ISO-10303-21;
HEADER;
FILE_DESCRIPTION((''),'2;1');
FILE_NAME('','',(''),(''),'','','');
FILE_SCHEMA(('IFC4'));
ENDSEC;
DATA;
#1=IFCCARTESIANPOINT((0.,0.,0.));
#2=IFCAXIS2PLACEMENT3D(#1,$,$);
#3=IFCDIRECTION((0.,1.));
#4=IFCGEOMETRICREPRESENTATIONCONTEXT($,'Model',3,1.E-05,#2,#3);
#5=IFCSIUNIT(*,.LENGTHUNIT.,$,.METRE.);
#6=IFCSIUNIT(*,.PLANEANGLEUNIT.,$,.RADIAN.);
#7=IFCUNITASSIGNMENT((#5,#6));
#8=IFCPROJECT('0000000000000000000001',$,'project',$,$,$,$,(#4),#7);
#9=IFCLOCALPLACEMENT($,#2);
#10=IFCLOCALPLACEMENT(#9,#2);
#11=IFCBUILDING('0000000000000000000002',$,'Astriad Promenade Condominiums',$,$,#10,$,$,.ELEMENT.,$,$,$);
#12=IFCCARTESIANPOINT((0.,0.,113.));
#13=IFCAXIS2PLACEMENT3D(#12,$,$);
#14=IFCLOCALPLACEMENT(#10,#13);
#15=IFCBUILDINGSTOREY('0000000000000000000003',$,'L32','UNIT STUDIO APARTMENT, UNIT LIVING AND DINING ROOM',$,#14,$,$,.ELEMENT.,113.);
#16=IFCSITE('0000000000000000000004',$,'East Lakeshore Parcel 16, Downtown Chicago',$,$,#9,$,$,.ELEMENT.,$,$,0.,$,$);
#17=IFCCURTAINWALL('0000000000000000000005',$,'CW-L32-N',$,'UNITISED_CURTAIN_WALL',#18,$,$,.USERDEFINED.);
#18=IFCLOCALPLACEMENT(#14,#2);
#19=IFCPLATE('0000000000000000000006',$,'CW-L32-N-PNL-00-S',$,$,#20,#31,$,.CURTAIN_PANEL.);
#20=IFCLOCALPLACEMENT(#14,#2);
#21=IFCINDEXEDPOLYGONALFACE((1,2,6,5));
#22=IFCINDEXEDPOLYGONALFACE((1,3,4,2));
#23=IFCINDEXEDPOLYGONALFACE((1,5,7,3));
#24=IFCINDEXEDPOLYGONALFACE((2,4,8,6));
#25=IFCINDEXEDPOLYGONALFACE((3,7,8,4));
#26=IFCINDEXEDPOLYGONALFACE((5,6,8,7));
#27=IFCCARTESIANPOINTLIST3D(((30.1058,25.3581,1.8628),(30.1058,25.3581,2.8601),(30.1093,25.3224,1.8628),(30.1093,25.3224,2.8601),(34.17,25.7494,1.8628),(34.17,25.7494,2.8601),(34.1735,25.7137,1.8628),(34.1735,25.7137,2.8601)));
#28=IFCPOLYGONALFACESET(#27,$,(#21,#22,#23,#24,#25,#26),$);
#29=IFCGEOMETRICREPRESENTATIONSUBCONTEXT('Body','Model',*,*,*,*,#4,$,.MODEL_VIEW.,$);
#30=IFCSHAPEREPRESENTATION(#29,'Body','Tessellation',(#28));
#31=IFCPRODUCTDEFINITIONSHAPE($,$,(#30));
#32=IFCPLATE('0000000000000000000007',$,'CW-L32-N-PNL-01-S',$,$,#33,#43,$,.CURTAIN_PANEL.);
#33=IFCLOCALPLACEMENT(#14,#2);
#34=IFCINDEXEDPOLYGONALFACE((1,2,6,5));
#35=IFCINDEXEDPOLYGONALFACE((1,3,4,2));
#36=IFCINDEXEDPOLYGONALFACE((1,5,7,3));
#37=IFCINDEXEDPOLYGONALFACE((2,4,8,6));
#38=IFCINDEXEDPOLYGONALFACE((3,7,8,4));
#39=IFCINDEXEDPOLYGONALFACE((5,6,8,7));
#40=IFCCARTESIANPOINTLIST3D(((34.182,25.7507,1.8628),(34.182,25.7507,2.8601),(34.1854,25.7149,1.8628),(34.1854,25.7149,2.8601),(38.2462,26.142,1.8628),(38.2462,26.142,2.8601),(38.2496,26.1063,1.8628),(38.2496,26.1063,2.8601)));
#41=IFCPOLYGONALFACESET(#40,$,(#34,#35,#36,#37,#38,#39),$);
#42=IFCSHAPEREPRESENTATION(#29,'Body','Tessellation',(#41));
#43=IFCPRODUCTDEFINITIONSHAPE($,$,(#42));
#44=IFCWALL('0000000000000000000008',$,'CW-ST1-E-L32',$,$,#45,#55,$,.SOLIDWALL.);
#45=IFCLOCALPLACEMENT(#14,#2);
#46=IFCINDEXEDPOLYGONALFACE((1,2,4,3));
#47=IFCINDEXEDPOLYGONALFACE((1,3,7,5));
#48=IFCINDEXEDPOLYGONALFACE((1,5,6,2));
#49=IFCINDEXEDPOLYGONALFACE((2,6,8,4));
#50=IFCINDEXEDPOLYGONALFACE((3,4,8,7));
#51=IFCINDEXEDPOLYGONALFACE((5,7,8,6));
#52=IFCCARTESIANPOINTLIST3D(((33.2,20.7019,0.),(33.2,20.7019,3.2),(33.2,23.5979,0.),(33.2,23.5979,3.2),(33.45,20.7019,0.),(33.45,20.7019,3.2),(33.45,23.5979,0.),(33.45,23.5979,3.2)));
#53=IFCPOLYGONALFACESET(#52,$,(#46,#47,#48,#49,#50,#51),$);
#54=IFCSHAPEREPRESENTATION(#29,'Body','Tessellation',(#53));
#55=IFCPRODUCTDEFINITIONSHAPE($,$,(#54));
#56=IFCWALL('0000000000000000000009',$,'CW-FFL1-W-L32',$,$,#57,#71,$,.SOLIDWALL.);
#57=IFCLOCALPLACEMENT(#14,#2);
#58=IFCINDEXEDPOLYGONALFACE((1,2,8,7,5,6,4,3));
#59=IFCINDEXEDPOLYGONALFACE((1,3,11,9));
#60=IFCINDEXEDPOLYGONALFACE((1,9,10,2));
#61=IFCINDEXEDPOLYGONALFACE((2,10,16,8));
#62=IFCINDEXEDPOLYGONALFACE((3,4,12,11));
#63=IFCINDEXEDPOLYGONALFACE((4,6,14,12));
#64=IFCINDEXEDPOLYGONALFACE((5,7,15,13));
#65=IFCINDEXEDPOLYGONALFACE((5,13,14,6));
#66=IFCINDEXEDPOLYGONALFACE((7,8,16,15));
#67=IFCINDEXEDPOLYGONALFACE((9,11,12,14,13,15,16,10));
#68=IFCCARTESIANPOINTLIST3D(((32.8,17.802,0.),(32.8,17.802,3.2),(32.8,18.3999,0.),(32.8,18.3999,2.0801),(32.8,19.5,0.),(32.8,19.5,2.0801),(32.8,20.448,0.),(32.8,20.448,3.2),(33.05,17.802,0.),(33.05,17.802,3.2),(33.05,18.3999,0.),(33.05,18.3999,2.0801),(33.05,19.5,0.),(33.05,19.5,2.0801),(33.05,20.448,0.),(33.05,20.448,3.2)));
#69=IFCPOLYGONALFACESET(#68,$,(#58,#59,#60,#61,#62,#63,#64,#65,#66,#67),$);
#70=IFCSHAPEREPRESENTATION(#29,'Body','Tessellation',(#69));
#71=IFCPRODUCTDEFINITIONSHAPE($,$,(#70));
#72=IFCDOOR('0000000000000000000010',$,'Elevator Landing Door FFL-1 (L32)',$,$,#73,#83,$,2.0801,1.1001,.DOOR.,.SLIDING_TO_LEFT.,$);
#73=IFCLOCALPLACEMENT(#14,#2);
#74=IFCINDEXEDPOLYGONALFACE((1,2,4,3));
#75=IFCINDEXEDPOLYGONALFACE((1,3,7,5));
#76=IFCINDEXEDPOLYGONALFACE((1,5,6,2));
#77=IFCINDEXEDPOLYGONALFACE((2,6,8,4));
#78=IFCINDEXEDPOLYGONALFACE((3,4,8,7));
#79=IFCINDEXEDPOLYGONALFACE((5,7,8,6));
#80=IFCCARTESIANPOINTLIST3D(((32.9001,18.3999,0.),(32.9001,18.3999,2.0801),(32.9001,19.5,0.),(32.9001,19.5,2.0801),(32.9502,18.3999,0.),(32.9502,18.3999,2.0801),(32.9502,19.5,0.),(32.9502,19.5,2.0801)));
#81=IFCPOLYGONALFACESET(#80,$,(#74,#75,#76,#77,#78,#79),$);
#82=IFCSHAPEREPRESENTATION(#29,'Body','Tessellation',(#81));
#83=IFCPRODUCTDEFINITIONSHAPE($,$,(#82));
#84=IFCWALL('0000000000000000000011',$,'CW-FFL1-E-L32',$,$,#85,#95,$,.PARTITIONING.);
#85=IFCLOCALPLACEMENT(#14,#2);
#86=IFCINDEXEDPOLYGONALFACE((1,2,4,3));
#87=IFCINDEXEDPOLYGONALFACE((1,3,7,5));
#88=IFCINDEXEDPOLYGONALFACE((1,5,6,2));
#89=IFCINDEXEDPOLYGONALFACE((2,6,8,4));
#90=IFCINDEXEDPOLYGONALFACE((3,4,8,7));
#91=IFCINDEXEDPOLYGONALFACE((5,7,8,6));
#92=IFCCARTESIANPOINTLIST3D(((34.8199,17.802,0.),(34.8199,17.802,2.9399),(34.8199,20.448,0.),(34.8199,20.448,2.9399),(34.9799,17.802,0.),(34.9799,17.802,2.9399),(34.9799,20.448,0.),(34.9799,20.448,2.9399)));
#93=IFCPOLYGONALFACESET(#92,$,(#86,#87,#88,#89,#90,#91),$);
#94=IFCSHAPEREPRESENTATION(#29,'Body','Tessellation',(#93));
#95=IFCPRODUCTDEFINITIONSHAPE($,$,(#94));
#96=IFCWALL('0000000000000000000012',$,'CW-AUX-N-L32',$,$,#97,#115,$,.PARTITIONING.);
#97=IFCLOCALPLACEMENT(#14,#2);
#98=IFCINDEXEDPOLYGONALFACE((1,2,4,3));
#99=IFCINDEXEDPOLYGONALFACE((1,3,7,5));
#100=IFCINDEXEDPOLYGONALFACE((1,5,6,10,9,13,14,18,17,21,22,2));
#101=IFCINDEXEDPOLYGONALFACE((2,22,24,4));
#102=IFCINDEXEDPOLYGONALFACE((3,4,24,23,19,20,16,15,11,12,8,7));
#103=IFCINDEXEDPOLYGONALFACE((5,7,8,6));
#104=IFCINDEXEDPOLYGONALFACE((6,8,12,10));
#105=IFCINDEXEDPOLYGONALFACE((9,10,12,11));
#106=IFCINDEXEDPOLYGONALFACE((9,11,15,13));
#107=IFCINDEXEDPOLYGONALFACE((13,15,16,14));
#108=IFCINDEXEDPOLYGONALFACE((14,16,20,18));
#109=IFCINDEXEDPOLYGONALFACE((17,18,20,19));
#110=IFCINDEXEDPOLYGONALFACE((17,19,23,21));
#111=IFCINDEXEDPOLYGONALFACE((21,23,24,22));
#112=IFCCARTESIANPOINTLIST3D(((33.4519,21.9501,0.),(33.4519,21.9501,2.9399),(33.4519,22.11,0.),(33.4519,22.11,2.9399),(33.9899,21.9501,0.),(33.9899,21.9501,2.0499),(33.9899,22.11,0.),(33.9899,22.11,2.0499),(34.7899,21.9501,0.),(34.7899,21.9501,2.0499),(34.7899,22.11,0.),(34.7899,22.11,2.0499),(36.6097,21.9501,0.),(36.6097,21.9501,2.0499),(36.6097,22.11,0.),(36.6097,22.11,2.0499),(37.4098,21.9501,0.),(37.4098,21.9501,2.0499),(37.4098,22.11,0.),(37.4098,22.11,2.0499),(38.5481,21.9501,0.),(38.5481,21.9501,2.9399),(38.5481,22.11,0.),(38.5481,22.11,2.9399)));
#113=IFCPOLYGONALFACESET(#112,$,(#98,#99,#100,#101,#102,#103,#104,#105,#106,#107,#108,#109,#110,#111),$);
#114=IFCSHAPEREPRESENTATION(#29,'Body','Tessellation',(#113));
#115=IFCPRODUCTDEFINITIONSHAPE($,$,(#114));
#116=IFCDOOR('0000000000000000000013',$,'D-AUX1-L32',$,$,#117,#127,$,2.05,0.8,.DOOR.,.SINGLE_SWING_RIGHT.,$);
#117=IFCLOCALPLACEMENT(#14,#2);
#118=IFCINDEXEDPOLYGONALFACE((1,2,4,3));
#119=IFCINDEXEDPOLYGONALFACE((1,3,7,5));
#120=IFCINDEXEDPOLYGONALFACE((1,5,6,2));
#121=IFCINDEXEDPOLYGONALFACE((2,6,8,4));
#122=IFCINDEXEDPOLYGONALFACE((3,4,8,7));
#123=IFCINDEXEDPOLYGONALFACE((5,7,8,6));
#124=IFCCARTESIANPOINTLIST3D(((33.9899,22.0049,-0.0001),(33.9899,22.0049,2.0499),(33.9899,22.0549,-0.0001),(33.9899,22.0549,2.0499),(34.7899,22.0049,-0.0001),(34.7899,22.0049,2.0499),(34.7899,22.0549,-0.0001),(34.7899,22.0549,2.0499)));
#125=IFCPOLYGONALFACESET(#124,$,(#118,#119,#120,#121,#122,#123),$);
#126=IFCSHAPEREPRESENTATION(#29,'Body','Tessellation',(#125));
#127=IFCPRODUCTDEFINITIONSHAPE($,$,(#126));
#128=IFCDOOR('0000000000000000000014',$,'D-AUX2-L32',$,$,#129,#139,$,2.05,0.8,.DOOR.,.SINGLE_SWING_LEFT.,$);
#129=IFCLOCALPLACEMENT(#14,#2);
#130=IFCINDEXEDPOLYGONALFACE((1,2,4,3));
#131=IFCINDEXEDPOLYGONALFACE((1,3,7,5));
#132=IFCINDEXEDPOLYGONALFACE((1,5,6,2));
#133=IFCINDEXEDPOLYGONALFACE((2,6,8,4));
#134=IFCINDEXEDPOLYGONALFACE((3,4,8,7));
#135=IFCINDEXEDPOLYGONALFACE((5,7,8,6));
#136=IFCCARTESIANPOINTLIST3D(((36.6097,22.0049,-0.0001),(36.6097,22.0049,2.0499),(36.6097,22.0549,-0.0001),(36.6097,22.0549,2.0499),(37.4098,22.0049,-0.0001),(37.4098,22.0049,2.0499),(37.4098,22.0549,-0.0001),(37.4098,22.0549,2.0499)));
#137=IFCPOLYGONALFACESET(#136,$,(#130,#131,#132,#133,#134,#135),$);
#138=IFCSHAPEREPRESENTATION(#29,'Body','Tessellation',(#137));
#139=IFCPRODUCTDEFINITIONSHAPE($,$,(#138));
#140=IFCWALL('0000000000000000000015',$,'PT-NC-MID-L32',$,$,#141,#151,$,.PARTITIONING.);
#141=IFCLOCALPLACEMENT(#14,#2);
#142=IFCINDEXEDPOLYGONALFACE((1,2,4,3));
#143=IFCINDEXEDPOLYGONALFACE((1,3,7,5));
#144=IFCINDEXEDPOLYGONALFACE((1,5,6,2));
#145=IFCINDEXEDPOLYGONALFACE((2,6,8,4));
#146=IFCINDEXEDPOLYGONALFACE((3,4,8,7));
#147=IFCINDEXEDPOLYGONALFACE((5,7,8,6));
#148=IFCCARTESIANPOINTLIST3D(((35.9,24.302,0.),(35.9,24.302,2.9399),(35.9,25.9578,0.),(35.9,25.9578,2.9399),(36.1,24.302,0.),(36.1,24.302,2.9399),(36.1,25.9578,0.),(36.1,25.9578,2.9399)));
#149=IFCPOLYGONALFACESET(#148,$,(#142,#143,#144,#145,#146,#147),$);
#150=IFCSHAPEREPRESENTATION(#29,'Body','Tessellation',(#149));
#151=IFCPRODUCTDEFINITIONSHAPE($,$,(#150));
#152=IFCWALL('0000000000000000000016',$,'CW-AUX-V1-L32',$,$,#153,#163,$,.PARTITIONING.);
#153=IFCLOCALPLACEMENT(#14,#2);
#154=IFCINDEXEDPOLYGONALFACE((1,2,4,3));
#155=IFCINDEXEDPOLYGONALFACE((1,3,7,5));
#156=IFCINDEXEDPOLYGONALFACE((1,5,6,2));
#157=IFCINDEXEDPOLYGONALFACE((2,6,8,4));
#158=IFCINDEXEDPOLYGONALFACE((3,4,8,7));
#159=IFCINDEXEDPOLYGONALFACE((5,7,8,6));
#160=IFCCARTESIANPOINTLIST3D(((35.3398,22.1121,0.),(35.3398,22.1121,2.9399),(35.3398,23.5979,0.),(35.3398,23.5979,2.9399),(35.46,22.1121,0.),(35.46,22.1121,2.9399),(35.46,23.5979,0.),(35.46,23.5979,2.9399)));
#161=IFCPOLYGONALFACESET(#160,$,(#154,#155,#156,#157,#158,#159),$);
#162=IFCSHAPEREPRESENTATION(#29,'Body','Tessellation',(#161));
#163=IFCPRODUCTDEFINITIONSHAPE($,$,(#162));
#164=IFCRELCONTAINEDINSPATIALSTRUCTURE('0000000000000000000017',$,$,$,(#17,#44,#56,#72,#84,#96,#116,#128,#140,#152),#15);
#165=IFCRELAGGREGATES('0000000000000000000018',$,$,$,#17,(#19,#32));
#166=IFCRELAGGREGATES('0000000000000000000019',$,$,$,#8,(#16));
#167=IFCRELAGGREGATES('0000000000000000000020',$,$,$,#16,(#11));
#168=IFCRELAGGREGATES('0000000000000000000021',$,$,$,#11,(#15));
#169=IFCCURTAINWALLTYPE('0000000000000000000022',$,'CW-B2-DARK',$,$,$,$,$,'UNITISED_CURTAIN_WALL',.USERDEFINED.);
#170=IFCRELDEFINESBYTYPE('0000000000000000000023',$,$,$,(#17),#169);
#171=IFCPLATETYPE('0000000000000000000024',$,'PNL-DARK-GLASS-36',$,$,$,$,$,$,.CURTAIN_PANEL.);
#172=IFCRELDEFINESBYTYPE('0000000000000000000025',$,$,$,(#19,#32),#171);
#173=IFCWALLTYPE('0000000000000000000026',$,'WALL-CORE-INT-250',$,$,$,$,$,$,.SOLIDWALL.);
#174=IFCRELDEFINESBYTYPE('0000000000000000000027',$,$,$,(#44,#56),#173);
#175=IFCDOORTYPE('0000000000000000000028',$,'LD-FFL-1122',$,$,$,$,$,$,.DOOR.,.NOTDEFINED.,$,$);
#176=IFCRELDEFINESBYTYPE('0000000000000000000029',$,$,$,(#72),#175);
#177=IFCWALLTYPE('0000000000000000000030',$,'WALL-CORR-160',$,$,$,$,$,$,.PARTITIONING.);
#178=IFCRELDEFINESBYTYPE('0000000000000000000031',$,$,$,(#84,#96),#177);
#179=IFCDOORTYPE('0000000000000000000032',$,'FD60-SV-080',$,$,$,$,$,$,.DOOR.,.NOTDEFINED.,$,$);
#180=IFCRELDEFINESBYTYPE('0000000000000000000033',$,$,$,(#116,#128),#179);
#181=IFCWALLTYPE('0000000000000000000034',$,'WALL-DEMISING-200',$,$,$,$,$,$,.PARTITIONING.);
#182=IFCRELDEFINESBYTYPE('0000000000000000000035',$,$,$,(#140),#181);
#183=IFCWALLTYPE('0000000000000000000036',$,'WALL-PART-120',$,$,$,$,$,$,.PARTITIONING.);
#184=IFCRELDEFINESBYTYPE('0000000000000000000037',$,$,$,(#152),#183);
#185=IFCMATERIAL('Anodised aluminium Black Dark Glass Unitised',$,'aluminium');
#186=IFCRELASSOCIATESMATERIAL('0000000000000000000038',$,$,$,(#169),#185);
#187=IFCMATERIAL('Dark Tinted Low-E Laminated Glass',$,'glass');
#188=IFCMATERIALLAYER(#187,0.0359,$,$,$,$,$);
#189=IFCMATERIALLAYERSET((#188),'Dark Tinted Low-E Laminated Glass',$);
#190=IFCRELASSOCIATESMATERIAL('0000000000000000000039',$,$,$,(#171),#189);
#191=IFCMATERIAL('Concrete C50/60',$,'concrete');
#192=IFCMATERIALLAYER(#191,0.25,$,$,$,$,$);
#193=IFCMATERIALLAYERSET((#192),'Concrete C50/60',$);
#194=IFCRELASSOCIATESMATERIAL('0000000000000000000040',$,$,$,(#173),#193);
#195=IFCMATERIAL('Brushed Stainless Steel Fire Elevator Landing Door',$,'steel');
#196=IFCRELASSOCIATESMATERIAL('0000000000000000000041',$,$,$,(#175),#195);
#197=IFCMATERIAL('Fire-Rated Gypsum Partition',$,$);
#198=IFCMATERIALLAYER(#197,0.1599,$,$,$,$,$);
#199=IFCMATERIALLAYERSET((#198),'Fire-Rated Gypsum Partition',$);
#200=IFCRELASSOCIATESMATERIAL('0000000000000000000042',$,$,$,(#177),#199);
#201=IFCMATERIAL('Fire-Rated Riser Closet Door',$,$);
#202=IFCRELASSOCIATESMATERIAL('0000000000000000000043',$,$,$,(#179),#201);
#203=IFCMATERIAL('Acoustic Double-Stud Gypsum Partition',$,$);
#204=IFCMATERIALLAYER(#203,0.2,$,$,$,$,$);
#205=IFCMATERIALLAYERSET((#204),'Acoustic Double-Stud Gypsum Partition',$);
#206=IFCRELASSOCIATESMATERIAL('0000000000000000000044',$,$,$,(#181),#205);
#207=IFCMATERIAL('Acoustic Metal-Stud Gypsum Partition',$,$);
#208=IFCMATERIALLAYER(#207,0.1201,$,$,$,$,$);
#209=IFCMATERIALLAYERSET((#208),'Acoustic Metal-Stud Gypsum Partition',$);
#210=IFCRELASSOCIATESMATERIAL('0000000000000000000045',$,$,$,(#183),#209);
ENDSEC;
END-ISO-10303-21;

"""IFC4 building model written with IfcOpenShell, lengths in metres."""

from ifc_helpers import new_model, si_unit, direction, frame, frame_2d, origin, origin_2d, place, context, subcontext, project, spatial, rectangle, extrude, source, transform, mapped, material, layer, layer_set, type_object, type_shapes, element, fill, aggregate, save


model = new_model("IFC4")

# Units and contexts
model_context = context("Model", 3, precision=1e-05, world=origin(), true_north=direction((0.0, 1.0)))
body_context = subcontext(model_context, "Body", "Model", "MODEL_VIEW")
ifc_project = project(units=[si_unit("LENGTHUNIT", "METRE"), si_unit("PLANEANGLEUNIT", "RADIAN")], contexts=[model_context])

# Site, building, storey
site_placement = place(None, origin())
site = spatial("IfcSite", under=ifc_project, at=site_placement, Name="East Lakeshore Parcel 16, Downtown Chicago", CompositionType="ELEMENT", RefElevation=0.0)
building_placement = place(site_placement, origin())
building = spatial("IfcBuilding", under=site, at=building_placement, Name="Astriad Promenade Condominiums", CompositionType="ELEMENT")
storey_placement = place(building_placement, frame((0.0, 0.0, 113.0)))
storey = spatial("IfcBuildingStorey", under=building, at=storey_placement, Name="L32", Description="UNIT STUDIO APARTMENT, UNIT LIVING AND DINING ROOM", CompositionType="ELEMENT", Elevation=113.0)

# Curtain wall, plates
ifc_material_1 = material(Name="Anodised aluminium Black Dark Glass Unitised", Category="aluminium")
curtain_wall_type = type_object("IfcCurtainWallType", Name="CW-B2-DARK", ElementType="UNITISED_CURTAIN_WALL", PredefinedType="USERDEFINED", material=ifc_material_1)
curtain_wall_placement = place(storey_placement, origin())
curtain_wall = element("IfcCurtainWall", 1, at=curtain_wall_placement, inside=storey, type_object=curtain_wall_type, Name="CW-L32-N", ObjectType="UNITISED_CURTAIN_WALL", PredefinedType="USERDEFINED")
ifc_material_2 = material(Name="Dark Tinted Low-E Laminated Glass", Category="glass")
ifc_layer_1 = layer(ifc_material_2, 0.0359)
ifc_layer_set_1 = layer_set([ifc_layer_1], Name="Dark Tinted Low-E Laminated Glass")
plate_type = type_object("IfcPlateType", Name="PNL-DARK-GLASS-36", PredefinedType="CURTAIN_PANEL", material=ifc_layer_set_1)
shared_shape_1 = source(origin(), body_context, "Body", "SweptSolid", [
    extrude(rectangle(XDim=4.083, YDim=0.0359, at=origin_2d()), origin(), (0.0, 0.0, 1.0), 0.9973),
])
plate_1_placement = place(storey_placement, frame((32.1396, 25.5359, 1.8628), z_axis=(0.0, 0.0, 1.0), x_axis=(0.995396, 0.095846, 0.0)))
plate_1 = element("IfcPlate", 2, at=plate_1_placement, type_object=plate_type, Name="CW-L32-N-PNL-00-S", PredefinedType="CURTAIN_PANEL", context=body_context, shape_type="MappedRepresentation", body=[
    mapped(shared_shape_1, transform((0.0, 0.0, 0.0), scale=1.0)),
])
plate_2_placement = place(storey_placement, frame((36.2158, 25.9285, 1.8628), z_axis=(0.0, 0.0, 1.0), x_axis=(0.995396, 0.095846, 0.0)))
plate_2 = element("IfcPlate", 3, at=plate_2_placement, type_object=plate_type, Name="CW-L32-N-PNL-01-S", PredefinedType="CURTAIN_PANEL", context=body_context, shape_type="MappedRepresentation", body=[
    mapped(shared_shape_1, transform((0.0, 0.0, 0.0), scale=1.0)),
])
aggregate(curtain_wall, [plate_1, plate_2])

# Wall
ifc_material_3 = material(Name="Concrete C50/60", Category="concrete")
ifc_layer_2 = layer(ifc_material_3, 0.25)
ifc_layer_set_2 = layer_set([ifc_layer_2], Name="Concrete C50/60")
wall_type_1 = type_object("IfcWallType", Name="WALL-CORE-INT-250", PredefinedType="SOLIDWALL", material=ifc_layer_set_2)
wall_1_placement = place(storey_placement, frame((33.325, 20.7019, 0.0), z_axis=(0.0, 0.0, 1.0), x_axis=(0.0, 1.0, 0.0)))
element("IfcWall", 4, at=wall_1_placement, inside=storey, type_object=wall_type_1, Name="CW-ST1-E-L32", PredefinedType="SOLIDWALL", context=body_context, shape_type="SweptSolid", body=[
    extrude(rectangle(XDim=2.896, YDim=0.25, at=frame_2d((1.448, 0.0))), origin(), (0.0, 0.0, 1.0), 3.2),
])

# Wall, opening, door
wall_2_placement = place(storey_placement, frame((32.925, 17.802, 0.0), z_axis=(0.0, 0.0, 1.0), x_axis=(0.0, 1.0, 0.0)))
wall_2 = element("IfcWall", 5, at=wall_2_placement, inside=storey, type_object=wall_type_1, Name="CW-FFL1-W-L32", PredefinedType="SOLIDWALL", context=body_context, shape_type="SweptSolid", body=[
    extrude(rectangle(XDim=2.646, YDim=0.25, at=frame_2d((1.323, 0.0))), origin(), (0.0, 0.0, 1.0), 3.2),
])
opening_1_placement = place(wall_2_placement, frame((0.5979, 0.0, 0.0)))
opening_1 = element("IfcOpeningElement", 6, at=opening_1_placement, cuts=wall_2, PredefinedType="OPENING", context=body_context, shape_type="SweptSolid", body=[
    extrude(rectangle(XDim=1.1001, YDim=2.0801, at=frame_2d((0.55, 1.04))), frame((0.0, 0.135, 0.0), z_axis=(0.0, -1.0, 0.0), x_axis=(1.0, 0.0, 0.0)), (0.0, 0.0, 1.0), 0.27),
])
ifc_material_4 = material(Name="Brushed Stainless Steel Fire Elevator Landing Door", Category="steel")
door_type_1 = type_object("IfcDoorType", Name="LD-FFL-1122", OperationType="NOTDEFINED", PredefinedType="DOOR", material=ifc_material_4)
shared_shape_2 = source(origin(), body_context, "Body", "SweptSolid", [
    extrude(rectangle(XDim=1.1001, YDim=2.0801, at=frame_2d((0.55, 1.04))), frame((0.0, 0.0249, 0.0), z_axis=(0.0, -1.0, 0.0), x_axis=(1.0, 0.0, 0.0)), (0.0, 0.0, 1.0), 0.05),
])
type_shapes(door_type_1, [shared_shape_2])
door_1_placement = place(opening_1_placement, origin())
door_1 = element("IfcDoor", 7, at=door_1_placement, inside=storey, type_object=door_type_1, Name="Elevator Landing Door FFL-1 (L32)", OperationType="SLIDING_TO_LEFT", OverallHeight=2.0801, OverallWidth=1.1001, PredefinedType="DOOR", context=body_context, shape_type="MappedRepresentation", body=[
    mapped(shared_shape_2, transform((0.0, 0.0, 0.0), scale=1.0)),
])
fill(opening_1, door_1)

# Wall
ifc_material_5 = material(Name="Fire-Rated Gypsum Partition")
ifc_layer_3 = layer(ifc_material_5, 0.1599)
ifc_layer_set_3 = layer_set([ifc_layer_3], Name="Fire-Rated Gypsum Partition")
wall_type_2 = type_object("IfcWallType", Name="WALL-CORR-160", PredefinedType="PARTITIONING", material=ifc_layer_set_3)
wall_3_placement = place(storey_placement, frame((34.8999, 17.802, 0.0), z_axis=(0.0, 0.0, 1.0), x_axis=(0.0, 1.0, 0.0)))
element("IfcWall", 8, at=wall_3_placement, inside=storey, type_object=wall_type_2, Name="CW-FFL1-E-L32", PredefinedType="PARTITIONING", context=body_context, shape_type="SweptSolid", body=[
    extrude(rectangle(XDim=2.646, YDim=0.1599, at=frame_2d((1.323, 0.0))), origin(), (0.0, 0.0, 1.0), 2.9399),
])

# Wall, openings, doors
wall_4_placement = place(storey_placement, frame((33.4519, 22.03, 0.0), z_axis=(0.0, 0.0, 1.0), x_axis=(1.0, 0.0, 0.0)))
wall_4 = element("IfcWall", 9, at=wall_4_placement, inside=storey, type_object=wall_type_2, Name="CW-AUX-N-L32", PredefinedType="PARTITIONING", context=body_context, shape_type="SweptSolid", body=[
    extrude(rectangle(XDim=5.0962, YDim=0.1599, at=frame_2d((2.5481, 0.0))), origin(), (0.0, 0.0, 1.0), 2.9399),
])
opening_2_placement = place(wall_4_placement, frame((0.5381, 0.0, 0.0)))
opening_2 = element("IfcOpeningElement", 10, at=opening_2_placement, cuts=wall_4, PredefinedType="OPENING", context=body_context, shape_type="SweptSolid", body=[
    extrude(rectangle(XDim=0.8, YDim=2.05, at=frame_2d((0.3999, 1.0249))), frame((0.0, 0.0898, 0.0), z_axis=(0.0, -1.0, 0.0), x_axis=(1.0, 0.0, 0.0)), (0.0, 0.0, 1.0), 0.1799),
])
opening_3_placement = place(wall_4_placement, frame((3.158, 0.0, 0.0)))
opening_3 = element("IfcOpeningElement", 11, at=opening_3_placement, cuts=wall_4, PredefinedType="OPENING", context=body_context, shape_type="SweptSolid", body=[
    extrude(rectangle(XDim=0.8, YDim=2.05, at=frame_2d((0.3999, 1.0249))), frame((0.0, 0.0898, 0.0), z_axis=(0.0, -1.0, 0.0), x_axis=(1.0, 0.0, 0.0)), (0.0, 0.0, 1.0), 0.1799),
])
ifc_material_6 = material(Name="Fire-Rated Riser Closet Door")
door_type_2 = type_object("IfcDoorType", Name="FD60-SV-080", OperationType="NOTDEFINED", PredefinedType="DOOR", material=ifc_material_6)
shared_shape_3 = source(origin(), body_context, "Body", "SweptSolid", [
    extrude(rectangle(XDim=0.8, YDim=2.05, at=frame_2d((0.3999, 1.0249))), frame((0.0, 0.0249, 0.0), z_axis=(0.0, -1.0, 0.0), x_axis=(1.0, 0.0, 0.0)), (0.0, 0.0, 1.0), 0.05),
])
type_shapes(door_type_2, [shared_shape_3])
door_2_placement = place(opening_2_placement, origin())
door_2 = element("IfcDoor", 12, at=door_2_placement, inside=storey, type_object=door_type_2, Name="D-AUX1-L32", OperationType="SINGLE_SWING_RIGHT", OverallHeight=2.05, OverallWidth=0.8, PredefinedType="DOOR", context=body_context, shape_type="MappedRepresentation", body=[
    mapped(shared_shape_3, transform((0.0, 0.0, 0.0), scale=1.0)),
])
fill(opening_2, door_2)
door_3_placement = place(opening_3_placement, origin())
door_3 = element("IfcDoor", 13, at=door_3_placement, inside=storey, type_object=door_type_2, Name="D-AUX2-L32", OperationType="SINGLE_SWING_LEFT", OverallHeight=2.05, OverallWidth=0.8, PredefinedType="DOOR", context=body_context, shape_type="MappedRepresentation", body=[
    mapped(shared_shape_3, transform((0.0, 0.0, 0.0), scale=1.0)),
])
fill(opening_3, door_3)

# Walls
ifc_material_7 = material(Name="Acoustic Double-Stud Gypsum Partition")
ifc_layer_4 = layer(ifc_material_7, 0.2)
ifc_layer_set_4 = layer_set([ifc_layer_4], Name="Acoustic Double-Stud Gypsum Partition")
wall_type_3 = type_object("IfcWallType", Name="WALL-DEMISING-200", PredefinedType="PARTITIONING", material=ifc_layer_set_4)
wall_5_placement = place(storey_placement, frame((36.0, 24.302, 0.0), z_axis=(0.0, 0.0, 1.0), x_axis=(0.0, 1.0, 0.0)))
element("IfcWall", 14, at=wall_5_placement, inside=storey, type_object=wall_type_3, Name="PT-NC-MID-L32", PredefinedType="PARTITIONING", context=body_context, shape_type="SweptSolid", body=[
    extrude(rectangle(XDim=1.6558, YDim=0.2, at=frame_2d((0.8279, 0.0))), origin(), (0.0, 0.0, 1.0), 2.9399),
])
ifc_material_8 = material(Name="Acoustic Metal-Stud Gypsum Partition")
ifc_layer_5 = layer(ifc_material_8, 0.1201)
ifc_layer_set_5 = layer_set([ifc_layer_5], Name="Acoustic Metal-Stud Gypsum Partition")
wall_type_4 = type_object("IfcWallType", Name="WALL-PART-120", PredefinedType="PARTITIONING", material=ifc_layer_set_5)
wall_6_placement = place(storey_placement, frame((35.3999, 22.1121, 0.0), z_axis=(0.0, 0.0, 1.0), x_axis=(0.0, 1.0, 0.0)))
element("IfcWall", 15, at=wall_6_placement, inside=storey, type_object=wall_type_4, Name="CW-AUX-V1-L32", PredefinedType="PARTITIONING", context=body_context, shape_type="SweptSolid", body=[
    extrude(rectangle(XDim=1.4858, YDim=0.1201, at=frame_2d((0.7429, 0.0))), origin(), (0.0, 0.0, 1.0), 2.9399),
])

save(model, "model.ifc")
